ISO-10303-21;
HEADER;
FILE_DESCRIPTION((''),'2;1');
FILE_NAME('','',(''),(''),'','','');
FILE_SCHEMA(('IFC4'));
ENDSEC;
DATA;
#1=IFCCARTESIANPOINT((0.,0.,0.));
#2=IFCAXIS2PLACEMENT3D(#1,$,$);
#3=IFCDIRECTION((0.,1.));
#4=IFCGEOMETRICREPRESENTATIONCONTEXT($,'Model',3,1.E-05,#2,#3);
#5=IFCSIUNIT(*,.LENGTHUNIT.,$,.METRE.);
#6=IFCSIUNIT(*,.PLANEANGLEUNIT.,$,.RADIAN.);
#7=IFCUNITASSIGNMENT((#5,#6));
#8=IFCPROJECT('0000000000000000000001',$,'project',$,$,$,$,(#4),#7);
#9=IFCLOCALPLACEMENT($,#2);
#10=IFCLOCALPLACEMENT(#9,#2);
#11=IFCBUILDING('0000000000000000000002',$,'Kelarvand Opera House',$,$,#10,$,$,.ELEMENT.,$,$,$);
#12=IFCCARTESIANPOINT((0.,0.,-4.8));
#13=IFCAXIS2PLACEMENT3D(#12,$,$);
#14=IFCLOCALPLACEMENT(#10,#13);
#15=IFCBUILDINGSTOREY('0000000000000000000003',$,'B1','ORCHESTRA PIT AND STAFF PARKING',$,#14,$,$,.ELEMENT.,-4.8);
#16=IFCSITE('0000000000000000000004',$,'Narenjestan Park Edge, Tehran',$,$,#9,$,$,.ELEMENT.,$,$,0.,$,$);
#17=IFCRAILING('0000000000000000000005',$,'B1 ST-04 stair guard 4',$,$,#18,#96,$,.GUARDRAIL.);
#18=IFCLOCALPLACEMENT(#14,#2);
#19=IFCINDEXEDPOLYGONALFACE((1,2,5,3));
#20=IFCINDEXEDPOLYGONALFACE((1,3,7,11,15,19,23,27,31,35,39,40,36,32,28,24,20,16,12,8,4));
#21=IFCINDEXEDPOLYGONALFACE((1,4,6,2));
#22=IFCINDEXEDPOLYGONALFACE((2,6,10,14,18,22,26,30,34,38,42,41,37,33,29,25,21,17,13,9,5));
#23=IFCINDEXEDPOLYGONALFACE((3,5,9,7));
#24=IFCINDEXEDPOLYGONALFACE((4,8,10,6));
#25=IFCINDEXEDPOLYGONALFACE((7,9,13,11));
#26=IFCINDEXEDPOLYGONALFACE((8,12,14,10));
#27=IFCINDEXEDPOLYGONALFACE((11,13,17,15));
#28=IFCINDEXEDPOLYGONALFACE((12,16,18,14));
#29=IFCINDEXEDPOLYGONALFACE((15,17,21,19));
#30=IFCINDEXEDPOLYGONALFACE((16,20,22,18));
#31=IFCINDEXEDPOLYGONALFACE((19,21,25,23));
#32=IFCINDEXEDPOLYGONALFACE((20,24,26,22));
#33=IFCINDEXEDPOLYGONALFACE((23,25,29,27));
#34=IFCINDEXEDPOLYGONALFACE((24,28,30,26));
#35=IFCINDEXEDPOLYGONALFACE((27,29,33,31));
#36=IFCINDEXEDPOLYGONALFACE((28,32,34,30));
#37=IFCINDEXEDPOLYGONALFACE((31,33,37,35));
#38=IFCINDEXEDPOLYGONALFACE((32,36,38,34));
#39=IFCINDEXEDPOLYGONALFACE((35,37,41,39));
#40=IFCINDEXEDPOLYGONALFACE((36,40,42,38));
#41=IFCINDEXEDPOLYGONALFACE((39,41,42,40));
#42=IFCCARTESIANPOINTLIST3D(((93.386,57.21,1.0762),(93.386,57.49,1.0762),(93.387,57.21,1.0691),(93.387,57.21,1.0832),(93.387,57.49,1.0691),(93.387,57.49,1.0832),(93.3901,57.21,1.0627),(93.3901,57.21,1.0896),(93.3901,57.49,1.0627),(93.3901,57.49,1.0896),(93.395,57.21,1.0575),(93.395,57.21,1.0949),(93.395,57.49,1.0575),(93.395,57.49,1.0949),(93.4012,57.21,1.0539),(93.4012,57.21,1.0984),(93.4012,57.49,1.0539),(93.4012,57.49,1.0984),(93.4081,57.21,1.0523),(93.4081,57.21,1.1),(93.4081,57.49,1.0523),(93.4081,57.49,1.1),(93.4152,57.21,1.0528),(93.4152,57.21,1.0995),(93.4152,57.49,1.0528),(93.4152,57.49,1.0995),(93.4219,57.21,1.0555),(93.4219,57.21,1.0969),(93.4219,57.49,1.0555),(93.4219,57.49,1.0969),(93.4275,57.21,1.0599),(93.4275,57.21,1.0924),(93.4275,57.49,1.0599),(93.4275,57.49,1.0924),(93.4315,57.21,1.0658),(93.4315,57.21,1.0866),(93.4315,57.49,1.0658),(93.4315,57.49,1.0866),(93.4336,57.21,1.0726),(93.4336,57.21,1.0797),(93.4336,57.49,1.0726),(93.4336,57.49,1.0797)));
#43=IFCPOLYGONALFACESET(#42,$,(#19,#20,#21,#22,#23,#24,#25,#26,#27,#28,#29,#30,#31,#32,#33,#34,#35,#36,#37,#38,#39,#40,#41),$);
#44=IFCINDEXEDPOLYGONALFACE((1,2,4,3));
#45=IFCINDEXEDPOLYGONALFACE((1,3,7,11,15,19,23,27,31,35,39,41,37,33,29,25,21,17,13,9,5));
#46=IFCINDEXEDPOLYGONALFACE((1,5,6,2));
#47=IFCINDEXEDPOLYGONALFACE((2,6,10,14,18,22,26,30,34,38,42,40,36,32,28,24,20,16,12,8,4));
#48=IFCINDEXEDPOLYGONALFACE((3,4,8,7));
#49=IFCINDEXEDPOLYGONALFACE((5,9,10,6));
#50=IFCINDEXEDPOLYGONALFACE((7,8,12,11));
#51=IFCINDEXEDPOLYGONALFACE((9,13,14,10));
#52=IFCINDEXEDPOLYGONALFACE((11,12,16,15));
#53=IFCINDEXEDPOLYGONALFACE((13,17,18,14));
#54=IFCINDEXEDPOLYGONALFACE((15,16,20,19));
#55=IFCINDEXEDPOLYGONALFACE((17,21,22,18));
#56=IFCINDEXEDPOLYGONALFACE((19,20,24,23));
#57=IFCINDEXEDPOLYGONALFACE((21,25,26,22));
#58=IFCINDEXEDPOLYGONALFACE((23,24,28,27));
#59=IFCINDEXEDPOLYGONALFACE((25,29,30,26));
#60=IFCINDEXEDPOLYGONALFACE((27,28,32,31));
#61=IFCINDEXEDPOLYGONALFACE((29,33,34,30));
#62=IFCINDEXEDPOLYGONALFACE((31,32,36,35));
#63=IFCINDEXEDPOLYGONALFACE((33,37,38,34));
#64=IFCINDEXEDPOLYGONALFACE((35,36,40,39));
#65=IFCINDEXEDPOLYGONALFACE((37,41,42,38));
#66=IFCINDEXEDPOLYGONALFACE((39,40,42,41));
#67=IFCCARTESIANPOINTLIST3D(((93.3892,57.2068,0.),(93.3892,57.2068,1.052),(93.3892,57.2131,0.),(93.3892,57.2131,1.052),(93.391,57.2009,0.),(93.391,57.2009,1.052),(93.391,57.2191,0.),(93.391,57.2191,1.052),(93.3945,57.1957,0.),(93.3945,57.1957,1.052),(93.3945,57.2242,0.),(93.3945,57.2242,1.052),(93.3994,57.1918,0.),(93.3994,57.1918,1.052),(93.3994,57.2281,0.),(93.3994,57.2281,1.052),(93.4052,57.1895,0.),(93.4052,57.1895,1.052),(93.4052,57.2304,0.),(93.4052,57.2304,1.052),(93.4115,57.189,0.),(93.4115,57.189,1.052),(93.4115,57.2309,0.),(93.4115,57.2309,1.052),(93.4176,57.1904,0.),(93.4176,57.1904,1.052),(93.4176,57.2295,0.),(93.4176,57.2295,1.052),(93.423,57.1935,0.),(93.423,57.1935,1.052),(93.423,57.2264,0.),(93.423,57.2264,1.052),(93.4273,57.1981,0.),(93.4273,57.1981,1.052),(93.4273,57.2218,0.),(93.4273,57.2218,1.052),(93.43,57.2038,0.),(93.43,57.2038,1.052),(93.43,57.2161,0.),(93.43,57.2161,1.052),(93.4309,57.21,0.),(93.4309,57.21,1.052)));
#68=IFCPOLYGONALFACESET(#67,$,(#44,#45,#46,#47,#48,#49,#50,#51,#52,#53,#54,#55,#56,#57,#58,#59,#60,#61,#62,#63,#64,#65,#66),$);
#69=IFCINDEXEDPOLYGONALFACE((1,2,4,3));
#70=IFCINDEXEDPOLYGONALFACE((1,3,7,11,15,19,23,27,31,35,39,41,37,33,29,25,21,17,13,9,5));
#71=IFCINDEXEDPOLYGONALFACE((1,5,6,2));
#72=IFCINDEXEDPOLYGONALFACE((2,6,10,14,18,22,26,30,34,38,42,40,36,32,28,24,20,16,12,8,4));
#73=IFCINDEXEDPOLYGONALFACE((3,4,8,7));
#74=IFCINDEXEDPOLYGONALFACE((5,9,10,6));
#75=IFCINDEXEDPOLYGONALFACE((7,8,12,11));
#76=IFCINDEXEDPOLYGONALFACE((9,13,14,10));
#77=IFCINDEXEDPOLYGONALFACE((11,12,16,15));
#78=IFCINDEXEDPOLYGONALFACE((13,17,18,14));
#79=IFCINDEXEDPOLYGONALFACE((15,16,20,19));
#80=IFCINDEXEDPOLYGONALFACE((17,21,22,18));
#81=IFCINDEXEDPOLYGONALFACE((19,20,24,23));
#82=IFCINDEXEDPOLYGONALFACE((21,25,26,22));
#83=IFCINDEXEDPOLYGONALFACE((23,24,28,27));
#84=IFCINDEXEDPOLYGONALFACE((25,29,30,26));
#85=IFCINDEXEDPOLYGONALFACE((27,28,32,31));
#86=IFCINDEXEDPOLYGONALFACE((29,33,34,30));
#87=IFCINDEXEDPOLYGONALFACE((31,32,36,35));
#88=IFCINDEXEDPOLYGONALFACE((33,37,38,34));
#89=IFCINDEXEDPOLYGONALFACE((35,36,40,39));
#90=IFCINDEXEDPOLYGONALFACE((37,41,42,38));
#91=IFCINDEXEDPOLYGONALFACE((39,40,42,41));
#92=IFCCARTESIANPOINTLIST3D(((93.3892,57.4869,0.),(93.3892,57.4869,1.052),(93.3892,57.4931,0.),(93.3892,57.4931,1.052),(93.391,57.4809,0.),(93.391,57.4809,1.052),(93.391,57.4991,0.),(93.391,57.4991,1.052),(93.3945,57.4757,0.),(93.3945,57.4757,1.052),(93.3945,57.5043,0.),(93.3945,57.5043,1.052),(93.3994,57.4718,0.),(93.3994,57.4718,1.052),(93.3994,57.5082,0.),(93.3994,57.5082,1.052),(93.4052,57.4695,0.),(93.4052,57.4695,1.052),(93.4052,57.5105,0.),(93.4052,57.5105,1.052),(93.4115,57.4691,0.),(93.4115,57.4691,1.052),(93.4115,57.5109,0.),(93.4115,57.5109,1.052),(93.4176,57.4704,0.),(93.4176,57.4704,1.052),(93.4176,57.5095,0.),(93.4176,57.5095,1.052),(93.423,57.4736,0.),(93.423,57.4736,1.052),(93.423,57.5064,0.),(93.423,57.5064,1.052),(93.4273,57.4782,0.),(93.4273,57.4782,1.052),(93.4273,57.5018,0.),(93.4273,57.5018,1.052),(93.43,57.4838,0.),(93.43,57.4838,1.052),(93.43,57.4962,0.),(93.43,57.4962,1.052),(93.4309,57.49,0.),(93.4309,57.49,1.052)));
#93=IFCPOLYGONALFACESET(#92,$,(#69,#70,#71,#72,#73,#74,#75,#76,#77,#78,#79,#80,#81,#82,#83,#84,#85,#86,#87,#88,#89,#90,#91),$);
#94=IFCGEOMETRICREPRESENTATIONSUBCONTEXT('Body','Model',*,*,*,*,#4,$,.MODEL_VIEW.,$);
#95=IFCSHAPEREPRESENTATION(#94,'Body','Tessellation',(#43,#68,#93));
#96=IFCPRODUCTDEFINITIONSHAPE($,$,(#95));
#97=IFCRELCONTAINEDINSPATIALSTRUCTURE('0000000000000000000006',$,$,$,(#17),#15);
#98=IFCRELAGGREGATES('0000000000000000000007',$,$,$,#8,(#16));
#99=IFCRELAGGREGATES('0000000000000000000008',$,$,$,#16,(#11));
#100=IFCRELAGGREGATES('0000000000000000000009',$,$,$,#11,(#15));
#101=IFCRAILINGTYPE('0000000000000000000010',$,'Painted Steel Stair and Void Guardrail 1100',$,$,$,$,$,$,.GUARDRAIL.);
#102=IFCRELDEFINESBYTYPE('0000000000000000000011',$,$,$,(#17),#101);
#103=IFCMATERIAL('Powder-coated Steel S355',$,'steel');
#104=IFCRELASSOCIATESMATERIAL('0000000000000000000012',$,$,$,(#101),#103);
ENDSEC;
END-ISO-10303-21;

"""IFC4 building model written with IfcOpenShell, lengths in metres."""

from ifc_helpers import new_model, si_unit, direction, frame, origin, origin_2d, place, context, subcontext, project, spatial, circle, extrude, material, type_object, element, save


model = new_model("IFC4")

# Units and contexts
model_context = context("Model", 3, precision=1e-05, world=origin(), true_north=direction((0.0, 1.0)))
body_context = subcontext(model_context, "Body", "Model", "MODEL_VIEW")
ifc_project = project(units=[si_unit("LENGTHUNIT", "METRE"), si_unit("PLANEANGLEUNIT", "RADIAN")], contexts=[model_context])

# Site, building, storey
site_placement = place(None, origin())
site = spatial("IfcSite", under=ifc_project, at=site_placement, Name="Narenjestan Park Edge, Tehran", CompositionType="ELEMENT", RefElevation=0.0)
building_placement = place(site_placement, origin())
building = spatial("IfcBuilding", under=site, at=building_placement, Name="Kelarvand Opera House", CompositionType="ELEMENT")
storey_placement = place(building_placement, frame((0.0, 0.0, -4.8)))
storey = spatial("IfcBuildingStorey", under=building, at=storey_placement, Name="B1", Description="ORCHESTRA PIT AND STAFF PARKING", CompositionType="ELEMENT", Elevation=-4.8)

# Railing
ifc_material_1 = material(Name="Powder-coated Steel S355", Category="steel")
railing_type_1 = type_object("IfcRailingType", Name="Painted Steel Stair and Void Guardrail 1100", PredefinedType="GUARDRAIL", material=ifc_material_1)
railing_1_placement = place(storey_placement, frame((93.4099, 57.21, 0.0)))
element("IfcRailing", 1, at=railing_1_placement, inside=storey, type_object=railing_type_1, Name="B1 ST-04 stair guard 4", PredefinedType="GUARDRAIL", context=body_context, shape_type="SweptSolid", body=[
    extrude(circle(Radius=0.0239, at=origin_2d()), frame((0.0, 0.0, 1.0762), z_axis=(0.0, 1.0, 0.0), x_axis=(-1.0, 0.0, 0.0)), (0.0, 0.0, 1.0), 0.28),
    extrude(circle(Radius=0.021, at=origin_2d()), origin(), (0.0, 0.0, 1.0), 1.052),
    extrude(circle(Radius=0.021, at=origin_2d()), frame((0.0, 0.28, 0.0)), (0.0, 0.0, 1.0), 1.052),
])

save(model, "model.ifc")
